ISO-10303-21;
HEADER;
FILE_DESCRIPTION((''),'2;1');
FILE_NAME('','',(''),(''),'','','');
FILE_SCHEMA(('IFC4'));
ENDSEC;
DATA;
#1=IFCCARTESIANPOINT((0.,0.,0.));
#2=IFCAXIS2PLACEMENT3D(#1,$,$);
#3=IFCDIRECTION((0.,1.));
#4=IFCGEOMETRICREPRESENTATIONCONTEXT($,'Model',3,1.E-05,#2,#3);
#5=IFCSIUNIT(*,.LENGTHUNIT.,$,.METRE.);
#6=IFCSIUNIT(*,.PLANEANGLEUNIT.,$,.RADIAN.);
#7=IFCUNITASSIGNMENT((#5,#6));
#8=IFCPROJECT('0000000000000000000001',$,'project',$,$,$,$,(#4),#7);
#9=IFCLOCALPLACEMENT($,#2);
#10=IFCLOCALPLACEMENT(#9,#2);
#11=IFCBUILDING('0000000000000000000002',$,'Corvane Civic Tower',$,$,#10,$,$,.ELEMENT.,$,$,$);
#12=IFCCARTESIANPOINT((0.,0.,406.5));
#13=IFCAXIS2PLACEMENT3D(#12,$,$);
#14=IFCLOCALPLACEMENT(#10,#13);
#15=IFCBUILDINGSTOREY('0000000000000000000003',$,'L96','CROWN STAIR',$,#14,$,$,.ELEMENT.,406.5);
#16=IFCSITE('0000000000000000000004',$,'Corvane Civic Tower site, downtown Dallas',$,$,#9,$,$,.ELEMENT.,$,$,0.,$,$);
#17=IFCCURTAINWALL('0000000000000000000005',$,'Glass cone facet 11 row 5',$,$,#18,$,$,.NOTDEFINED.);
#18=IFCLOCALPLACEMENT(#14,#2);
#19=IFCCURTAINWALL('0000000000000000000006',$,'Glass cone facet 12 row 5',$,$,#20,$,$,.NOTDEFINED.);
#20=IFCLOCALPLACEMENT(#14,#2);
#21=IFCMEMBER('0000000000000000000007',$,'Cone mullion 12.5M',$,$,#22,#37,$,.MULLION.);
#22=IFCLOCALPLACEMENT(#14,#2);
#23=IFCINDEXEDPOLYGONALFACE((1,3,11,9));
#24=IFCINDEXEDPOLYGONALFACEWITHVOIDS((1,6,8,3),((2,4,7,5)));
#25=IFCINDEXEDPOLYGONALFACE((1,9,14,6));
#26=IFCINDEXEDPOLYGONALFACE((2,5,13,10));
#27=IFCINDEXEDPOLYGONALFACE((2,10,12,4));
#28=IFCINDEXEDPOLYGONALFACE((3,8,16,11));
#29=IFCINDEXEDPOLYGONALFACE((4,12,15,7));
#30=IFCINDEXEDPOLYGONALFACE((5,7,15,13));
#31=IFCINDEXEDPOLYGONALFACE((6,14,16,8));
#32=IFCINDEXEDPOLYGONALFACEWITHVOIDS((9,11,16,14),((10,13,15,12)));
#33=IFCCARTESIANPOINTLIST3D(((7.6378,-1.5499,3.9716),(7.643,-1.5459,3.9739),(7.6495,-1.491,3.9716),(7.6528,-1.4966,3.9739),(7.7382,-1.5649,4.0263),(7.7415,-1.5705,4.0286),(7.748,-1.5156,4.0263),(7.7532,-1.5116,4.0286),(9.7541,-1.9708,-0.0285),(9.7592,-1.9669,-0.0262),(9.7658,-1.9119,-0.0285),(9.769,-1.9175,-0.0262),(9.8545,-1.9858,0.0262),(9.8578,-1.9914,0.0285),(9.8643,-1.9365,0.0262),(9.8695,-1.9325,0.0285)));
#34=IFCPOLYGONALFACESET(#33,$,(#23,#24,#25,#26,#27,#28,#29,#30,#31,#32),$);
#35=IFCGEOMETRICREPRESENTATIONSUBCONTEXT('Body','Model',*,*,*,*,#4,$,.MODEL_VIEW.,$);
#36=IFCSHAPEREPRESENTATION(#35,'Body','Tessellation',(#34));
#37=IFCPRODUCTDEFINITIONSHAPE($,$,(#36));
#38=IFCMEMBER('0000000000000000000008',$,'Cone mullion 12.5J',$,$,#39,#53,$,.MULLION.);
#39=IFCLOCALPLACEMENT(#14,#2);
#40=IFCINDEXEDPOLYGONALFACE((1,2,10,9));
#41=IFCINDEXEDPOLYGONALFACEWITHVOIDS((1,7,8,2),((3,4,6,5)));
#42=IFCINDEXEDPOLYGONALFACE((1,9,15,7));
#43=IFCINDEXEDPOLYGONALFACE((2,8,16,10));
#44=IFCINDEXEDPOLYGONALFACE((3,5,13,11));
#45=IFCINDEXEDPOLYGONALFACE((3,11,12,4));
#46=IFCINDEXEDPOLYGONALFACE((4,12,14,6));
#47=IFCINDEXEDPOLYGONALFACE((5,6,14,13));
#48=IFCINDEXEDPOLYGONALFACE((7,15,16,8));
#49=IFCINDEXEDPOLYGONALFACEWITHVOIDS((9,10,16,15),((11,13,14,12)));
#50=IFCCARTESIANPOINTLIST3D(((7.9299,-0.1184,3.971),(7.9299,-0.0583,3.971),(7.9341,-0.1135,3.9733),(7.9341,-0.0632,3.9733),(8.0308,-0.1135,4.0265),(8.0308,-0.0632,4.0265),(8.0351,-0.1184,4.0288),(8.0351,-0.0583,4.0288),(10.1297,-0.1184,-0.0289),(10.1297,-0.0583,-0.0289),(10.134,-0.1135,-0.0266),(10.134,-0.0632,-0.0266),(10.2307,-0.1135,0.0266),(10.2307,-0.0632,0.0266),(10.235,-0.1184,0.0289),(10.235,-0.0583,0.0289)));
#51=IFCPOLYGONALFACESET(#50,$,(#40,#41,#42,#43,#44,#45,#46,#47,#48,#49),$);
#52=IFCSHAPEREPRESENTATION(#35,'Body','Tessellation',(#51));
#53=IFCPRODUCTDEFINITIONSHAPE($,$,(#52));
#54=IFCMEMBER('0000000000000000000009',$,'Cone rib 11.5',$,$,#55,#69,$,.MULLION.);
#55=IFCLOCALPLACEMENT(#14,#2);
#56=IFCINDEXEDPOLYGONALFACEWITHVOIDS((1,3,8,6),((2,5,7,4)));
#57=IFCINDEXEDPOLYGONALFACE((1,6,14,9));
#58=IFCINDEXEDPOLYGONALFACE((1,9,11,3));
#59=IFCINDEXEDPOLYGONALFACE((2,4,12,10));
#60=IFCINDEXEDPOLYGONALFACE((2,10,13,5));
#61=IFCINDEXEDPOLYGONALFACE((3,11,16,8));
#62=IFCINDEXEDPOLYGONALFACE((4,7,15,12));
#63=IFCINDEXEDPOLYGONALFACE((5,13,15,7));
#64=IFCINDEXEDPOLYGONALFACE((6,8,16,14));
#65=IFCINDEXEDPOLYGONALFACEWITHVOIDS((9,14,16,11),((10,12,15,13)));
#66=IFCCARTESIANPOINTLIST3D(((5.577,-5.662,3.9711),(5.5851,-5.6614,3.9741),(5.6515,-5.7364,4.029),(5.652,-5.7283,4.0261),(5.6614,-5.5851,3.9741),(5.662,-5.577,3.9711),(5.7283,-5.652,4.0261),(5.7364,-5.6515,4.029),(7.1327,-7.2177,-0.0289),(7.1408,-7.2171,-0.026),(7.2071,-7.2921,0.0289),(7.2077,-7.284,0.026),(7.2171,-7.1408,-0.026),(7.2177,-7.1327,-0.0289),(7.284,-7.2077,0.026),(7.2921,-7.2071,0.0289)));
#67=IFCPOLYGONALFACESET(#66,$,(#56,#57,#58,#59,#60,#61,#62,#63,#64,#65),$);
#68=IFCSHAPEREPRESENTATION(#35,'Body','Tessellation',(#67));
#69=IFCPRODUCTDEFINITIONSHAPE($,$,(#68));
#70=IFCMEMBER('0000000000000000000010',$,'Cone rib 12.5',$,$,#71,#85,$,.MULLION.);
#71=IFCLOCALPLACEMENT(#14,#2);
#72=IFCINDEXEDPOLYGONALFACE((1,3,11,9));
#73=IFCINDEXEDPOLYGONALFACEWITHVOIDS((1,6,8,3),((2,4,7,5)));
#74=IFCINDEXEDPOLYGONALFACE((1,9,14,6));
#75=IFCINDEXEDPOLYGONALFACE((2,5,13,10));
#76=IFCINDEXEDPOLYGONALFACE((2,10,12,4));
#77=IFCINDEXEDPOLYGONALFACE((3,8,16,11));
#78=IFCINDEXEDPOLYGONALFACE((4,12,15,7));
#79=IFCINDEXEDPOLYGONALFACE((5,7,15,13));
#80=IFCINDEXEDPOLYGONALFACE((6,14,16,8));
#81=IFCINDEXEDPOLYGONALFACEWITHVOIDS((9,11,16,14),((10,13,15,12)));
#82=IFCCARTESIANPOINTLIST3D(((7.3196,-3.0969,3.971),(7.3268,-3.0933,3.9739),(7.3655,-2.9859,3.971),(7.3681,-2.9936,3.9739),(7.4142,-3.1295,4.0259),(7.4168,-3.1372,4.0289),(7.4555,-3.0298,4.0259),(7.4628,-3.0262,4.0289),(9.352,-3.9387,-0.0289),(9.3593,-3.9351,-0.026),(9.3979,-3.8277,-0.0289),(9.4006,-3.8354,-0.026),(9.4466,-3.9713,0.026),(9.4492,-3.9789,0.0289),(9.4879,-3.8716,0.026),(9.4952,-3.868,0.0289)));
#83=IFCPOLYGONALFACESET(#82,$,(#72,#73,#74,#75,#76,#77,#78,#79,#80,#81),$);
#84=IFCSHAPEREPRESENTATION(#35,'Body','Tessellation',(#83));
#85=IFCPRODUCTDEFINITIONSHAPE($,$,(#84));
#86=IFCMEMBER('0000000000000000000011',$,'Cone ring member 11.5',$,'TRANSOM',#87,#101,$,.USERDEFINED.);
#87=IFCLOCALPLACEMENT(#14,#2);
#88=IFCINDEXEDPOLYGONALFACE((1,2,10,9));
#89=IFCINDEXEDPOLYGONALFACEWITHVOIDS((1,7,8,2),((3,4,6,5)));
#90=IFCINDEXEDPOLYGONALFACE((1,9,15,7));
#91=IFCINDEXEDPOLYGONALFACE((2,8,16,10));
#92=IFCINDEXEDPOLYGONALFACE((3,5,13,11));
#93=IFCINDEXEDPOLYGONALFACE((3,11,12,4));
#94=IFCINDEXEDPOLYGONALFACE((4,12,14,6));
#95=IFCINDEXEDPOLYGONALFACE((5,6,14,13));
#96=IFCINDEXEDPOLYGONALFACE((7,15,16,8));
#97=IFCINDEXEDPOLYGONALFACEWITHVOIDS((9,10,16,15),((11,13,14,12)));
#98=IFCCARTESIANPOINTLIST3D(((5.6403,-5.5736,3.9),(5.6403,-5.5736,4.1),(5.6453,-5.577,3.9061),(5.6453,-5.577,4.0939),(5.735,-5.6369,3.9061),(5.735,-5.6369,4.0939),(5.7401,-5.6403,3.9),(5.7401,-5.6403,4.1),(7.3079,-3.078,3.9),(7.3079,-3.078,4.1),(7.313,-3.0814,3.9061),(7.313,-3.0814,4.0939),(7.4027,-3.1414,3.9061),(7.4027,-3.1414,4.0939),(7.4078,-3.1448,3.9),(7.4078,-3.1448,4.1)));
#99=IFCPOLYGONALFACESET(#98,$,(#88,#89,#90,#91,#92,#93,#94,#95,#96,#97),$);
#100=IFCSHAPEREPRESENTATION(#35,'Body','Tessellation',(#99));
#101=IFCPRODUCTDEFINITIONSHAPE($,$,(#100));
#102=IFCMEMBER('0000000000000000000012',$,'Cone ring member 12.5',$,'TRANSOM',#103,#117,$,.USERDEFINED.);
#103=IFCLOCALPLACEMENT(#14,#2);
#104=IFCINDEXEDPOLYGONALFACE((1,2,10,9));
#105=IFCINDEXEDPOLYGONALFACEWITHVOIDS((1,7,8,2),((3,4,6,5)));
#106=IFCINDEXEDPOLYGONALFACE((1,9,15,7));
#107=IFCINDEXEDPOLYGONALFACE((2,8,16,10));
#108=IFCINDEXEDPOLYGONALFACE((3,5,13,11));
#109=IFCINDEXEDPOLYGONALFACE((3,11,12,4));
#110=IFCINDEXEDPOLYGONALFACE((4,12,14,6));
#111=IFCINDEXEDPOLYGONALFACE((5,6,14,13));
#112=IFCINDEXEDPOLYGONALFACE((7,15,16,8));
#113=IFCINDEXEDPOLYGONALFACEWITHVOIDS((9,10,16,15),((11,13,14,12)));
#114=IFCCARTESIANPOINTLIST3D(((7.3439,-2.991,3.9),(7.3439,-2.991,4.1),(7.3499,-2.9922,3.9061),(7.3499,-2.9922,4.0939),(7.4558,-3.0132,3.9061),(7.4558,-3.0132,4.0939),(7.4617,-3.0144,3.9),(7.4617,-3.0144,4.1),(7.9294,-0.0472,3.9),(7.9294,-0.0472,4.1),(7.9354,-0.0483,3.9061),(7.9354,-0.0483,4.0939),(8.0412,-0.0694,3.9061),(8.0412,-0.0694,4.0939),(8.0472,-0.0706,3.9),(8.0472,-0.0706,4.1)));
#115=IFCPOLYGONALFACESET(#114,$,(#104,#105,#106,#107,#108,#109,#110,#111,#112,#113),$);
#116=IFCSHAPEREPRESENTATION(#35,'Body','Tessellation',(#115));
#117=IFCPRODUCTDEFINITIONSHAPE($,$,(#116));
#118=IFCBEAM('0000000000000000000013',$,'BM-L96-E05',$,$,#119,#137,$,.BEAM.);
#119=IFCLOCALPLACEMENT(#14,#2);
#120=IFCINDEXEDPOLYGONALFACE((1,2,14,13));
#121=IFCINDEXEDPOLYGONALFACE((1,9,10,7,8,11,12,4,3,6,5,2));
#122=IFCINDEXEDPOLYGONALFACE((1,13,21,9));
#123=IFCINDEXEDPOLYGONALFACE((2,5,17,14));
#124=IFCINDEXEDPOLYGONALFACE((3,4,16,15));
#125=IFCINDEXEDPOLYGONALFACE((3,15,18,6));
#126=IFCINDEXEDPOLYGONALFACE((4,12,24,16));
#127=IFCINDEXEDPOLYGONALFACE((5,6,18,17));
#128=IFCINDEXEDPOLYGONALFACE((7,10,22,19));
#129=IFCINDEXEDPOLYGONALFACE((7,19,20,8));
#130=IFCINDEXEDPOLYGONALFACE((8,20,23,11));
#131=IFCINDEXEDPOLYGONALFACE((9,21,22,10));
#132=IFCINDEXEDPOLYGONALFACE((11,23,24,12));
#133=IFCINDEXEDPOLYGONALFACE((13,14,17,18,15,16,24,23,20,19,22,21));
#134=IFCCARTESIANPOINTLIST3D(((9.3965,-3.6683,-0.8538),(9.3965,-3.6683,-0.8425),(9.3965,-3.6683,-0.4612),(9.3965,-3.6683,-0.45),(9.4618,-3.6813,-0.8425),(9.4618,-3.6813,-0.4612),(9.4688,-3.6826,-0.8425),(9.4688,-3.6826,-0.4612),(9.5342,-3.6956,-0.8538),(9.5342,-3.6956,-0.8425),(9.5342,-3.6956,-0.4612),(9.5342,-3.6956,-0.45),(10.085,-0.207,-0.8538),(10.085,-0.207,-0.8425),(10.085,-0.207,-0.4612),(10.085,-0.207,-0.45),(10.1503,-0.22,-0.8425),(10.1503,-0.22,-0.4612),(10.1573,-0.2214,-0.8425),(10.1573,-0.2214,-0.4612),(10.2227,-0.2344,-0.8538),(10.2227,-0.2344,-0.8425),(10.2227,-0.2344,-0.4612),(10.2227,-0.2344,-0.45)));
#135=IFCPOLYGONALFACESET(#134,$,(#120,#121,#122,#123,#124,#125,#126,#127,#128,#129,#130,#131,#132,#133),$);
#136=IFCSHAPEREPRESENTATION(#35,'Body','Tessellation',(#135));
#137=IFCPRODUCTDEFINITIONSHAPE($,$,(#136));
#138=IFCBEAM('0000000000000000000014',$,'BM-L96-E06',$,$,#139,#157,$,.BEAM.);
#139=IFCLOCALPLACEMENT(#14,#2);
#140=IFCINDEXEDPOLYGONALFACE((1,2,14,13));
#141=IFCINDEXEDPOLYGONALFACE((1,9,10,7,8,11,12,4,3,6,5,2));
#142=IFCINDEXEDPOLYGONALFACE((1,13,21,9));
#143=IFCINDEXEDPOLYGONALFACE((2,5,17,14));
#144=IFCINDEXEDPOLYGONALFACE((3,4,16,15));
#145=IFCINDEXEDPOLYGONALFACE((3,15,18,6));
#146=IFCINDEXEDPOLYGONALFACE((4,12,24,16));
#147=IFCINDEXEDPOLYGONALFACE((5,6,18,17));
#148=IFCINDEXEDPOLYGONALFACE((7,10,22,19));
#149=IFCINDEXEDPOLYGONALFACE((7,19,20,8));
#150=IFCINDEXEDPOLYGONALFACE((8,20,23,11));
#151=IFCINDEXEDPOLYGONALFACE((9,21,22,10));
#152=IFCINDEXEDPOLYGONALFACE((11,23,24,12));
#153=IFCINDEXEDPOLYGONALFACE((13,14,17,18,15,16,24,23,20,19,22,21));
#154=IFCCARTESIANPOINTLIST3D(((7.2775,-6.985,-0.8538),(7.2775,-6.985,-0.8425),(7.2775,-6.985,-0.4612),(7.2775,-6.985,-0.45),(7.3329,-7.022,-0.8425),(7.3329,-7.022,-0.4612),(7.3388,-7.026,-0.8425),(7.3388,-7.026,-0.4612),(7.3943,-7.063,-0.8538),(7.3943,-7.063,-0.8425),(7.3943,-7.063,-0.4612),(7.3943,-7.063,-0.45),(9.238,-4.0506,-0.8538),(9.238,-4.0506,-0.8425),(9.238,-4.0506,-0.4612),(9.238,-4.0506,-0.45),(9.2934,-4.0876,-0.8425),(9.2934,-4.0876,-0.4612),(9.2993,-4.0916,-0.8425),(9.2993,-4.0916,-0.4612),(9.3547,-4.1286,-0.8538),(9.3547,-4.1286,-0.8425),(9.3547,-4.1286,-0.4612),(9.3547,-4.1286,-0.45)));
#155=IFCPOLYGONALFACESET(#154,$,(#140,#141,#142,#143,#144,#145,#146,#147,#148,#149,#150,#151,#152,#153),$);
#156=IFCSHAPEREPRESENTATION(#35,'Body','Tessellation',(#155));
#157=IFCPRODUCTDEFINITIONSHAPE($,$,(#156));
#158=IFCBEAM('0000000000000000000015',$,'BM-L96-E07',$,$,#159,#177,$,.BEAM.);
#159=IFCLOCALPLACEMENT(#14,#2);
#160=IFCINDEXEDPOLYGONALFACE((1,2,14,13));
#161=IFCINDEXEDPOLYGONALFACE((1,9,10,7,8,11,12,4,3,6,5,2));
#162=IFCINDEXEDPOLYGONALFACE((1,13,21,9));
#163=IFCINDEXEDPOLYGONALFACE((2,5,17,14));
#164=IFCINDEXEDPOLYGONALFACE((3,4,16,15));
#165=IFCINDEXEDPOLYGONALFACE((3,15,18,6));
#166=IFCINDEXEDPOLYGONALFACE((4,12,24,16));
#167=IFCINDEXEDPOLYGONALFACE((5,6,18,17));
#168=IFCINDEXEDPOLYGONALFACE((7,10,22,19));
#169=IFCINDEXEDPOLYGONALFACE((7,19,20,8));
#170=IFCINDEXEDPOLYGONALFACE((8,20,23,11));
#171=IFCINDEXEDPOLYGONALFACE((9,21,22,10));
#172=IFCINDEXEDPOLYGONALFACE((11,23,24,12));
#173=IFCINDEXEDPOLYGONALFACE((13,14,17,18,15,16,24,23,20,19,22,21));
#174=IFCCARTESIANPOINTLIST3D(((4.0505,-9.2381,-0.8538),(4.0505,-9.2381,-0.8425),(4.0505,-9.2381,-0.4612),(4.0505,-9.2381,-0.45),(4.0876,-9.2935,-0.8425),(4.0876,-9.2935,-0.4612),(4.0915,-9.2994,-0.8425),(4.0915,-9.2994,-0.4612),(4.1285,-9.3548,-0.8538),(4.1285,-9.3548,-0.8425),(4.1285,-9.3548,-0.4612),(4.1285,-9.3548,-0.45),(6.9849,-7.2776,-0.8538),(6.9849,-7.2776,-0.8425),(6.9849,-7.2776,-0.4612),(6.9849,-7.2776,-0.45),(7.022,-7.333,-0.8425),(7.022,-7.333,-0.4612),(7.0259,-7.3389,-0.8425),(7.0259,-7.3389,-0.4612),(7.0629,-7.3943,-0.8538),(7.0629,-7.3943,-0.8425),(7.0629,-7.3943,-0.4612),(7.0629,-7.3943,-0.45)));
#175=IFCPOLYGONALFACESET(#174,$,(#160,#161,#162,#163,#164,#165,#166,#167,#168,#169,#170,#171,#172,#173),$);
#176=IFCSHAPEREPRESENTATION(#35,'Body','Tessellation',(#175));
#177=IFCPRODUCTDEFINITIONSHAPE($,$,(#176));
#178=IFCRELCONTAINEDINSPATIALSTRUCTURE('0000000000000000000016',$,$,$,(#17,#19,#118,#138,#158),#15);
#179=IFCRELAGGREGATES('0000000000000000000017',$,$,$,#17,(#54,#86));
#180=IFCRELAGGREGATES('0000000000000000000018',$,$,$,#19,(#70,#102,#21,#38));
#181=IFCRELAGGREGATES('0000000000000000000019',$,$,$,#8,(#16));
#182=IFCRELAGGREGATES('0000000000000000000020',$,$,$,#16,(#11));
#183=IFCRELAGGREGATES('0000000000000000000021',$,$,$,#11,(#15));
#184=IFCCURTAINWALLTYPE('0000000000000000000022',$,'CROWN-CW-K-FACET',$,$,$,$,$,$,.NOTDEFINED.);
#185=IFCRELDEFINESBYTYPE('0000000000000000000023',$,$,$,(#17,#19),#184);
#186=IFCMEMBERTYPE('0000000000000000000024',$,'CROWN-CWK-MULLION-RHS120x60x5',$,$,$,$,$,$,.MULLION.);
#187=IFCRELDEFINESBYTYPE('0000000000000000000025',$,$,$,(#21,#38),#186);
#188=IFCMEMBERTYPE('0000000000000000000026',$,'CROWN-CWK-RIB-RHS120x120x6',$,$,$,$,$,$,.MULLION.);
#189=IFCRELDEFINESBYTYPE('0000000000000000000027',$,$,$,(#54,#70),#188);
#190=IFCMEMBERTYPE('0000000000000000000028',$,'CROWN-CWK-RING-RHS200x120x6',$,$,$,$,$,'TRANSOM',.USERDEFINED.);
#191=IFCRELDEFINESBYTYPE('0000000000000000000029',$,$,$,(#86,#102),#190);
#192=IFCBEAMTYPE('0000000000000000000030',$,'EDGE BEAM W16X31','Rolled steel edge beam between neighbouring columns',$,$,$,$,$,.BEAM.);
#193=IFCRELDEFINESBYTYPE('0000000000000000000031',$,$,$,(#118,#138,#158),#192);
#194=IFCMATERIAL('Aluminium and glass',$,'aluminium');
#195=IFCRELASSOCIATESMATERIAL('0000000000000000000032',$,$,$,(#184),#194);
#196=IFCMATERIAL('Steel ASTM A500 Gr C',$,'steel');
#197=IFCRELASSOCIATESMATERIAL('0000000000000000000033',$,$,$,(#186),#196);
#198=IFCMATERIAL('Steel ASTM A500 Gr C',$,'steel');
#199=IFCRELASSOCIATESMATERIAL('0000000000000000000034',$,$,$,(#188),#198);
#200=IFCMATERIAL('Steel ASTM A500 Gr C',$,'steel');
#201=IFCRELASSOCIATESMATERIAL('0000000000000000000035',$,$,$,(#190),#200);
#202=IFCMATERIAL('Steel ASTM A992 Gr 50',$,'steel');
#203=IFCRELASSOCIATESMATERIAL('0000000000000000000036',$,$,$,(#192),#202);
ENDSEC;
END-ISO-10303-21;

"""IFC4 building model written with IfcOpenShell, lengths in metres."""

from ifc_helpers import new_model, si_unit, direction, frame, origin, origin_2d, place, context, subcontext, project, spatial, hollow_rectangle, i_section, extrude, material, material_profile, profile_set, type_object, element, aggregate, save


model = new_model("IFC4")

# Units and contexts
model_context = context("Model", 3, precision=1e-05, world=origin(), true_north=direction((0.0, 1.0)))
body_context = subcontext(model_context, "Body", "Model", "MODEL_VIEW")
ifc_project = project(units=[si_unit("LENGTHUNIT", "METRE"), si_unit("PLANEANGLEUNIT", "RADIAN")], contexts=[model_context])

# Site, building, storey
site_placement = place(None, origin())
site = spatial("IfcSite", under=ifc_project, at=site_placement, Name="Corvane Civic Tower site, downtown Dallas", CompositionType="ELEMENT", RefElevation=0.0)
building_placement = place(site_placement, origin())
building = spatial("IfcBuilding", under=site, at=building_placement, Name="Corvane Civic Tower", CompositionType="ELEMENT")
storey_placement = place(building_placement, frame((0.0, 0.0, 406.5)))
storey = spatial("IfcBuildingStorey", under=building, at=storey_placement, Name="L96", Description="CROWN STAIR", CompositionType="ELEMENT", Elevation=406.5)

# Curtain walls, members
ifc_material_1 = material(Name="Aluminium and glass", Category="aluminium")
curtain_wall_type = type_object("IfcCurtainWallType", Name="CROWN-CW-K-FACET", PredefinedType="NOTDEFINED", material=ifc_material_1)
ifc_material_2 = material(Name="Steel ASTM A500 Gr C", Category="steel")
ifc_material_profile_1 = material_profile(ifc_material_2, hollow_rectangle(XDim=0.0601, YDim=0.1201, WallThickness=0.0049, at=origin_2d()), Name="RHS 120x60x5")
ifc_profile_set_1 = profile_set([ifc_material_profile_1], Name="Steel ASTM A500 Gr C")
member_type_1 = type_object("IfcMemberType", Name="CROWN-CWK-MULLION-RHS120x60x5", PredefinedType="MULLION", material=ifc_profile_set_1)
curtain_wall_1_placement = place(storey_placement, origin())
curtain_wall_1 = element("IfcCurtainWall", 1, at=curtain_wall_1_placement, inside=storey, type_object=curtain_wall_type, Name="Glass cone facet 11 row 5", PredefinedType="NOTDEFINED")
curtain_wall_2_placement = place(storey_placement, origin())
curtain_wall_2 = element("IfcCurtainWall", 2, at=curtain_wall_2_placement, inside=storey, type_object=curtain_wall_type, Name="Glass cone facet 12 row 5", PredefinedType="NOTDEFINED")
member_1_placement = place(storey_placement, frame((9.8118, -1.9517, 0.0), z_axis=(-0.46563, 0.09261, 0.88012), x_axis=(-0.195072, -0.980789, 0.0)))
member_1 = element("IfcMember", 3, at=member_1_placement, type_object=member_type_1, Name="Cone mullion 12.5M", PredefinedType="MULLION", context=body_context, shape_type="SweptSolid", body=[
    extrude(hollow_rectangle(XDim=0.0601, YDim=0.1201, WallThickness=0.0049, at=origin_2d()), origin(), (0.0, 0.0, 1.0), 4.5449),
])
member_2_placement = place(storey_placement, frame((10.1824, -0.0884, 0.0), z_axis=(-0.481911, 0.0, 0.87622), x_axis=(0.0, -1.0, 0.0)))
member_2 = element("IfcMember", 4, at=member_2_placement, type_object=member_type_1, Name="Cone mullion 12.5J", PredefinedType="MULLION", context=body_context, shape_type="SweptSolid", body=[
    extrude(hollow_rectangle(XDim=0.0601, YDim=0.1201, WallThickness=0.0049, at=origin_2d()), origin(), (0.0, 0.0, 1.0), 4.5649),
])

# Members
ifc_material_3 = material(Name="Steel ASTM A500 Gr C", Category="steel")
ifc_material_profile_2 = material_profile(ifc_material_3, hollow_rectangle(XDim=0.1201, YDim=0.1201, WallThickness=0.0061, at=origin_2d()), Name="RHS 120x120x6")
ifc_profile_set_2 = profile_set([ifc_material_profile_2], Name="Steel ASTM A500 Gr C")
member_type_2 = type_object("IfcMemberType", Name="CROWN-CWK-RIB-RHS120x120x6", PredefinedType="MULLION", material=ifc_profile_set_2)
member_3_placement = place(storey_placement, frame((7.2124, -7.2124, 0.0), z_axis=(-0.340773, 0.340773, 0.876212), x_axis=(-0.707107, -0.707107, 0.0)))
member_3 = element("IfcMember", 5, at=member_3_placement, type_object=member_type_2, Name="Cone rib 11.5", PredefinedType="MULLION", context=body_context, shape_type="SweptSolid", body=[
    extrude(hollow_rectangle(XDim=0.1201, YDim=0.1201, WallThickness=0.0061, at=origin_2d()), origin(), (0.0, 0.0, 1.0), 4.5652),
])
member_4_placement = place(storey_placement, frame((9.4236, -3.9033, 0.0), z_axis=(-0.445226, 0.184401, 0.876225), x_axis=(-0.382652, -0.923892, 0.0)))
member_4 = element("IfcMember", 6, at=member_4_placement, type_object=member_type_2, Name="Cone rib 12.5", PredefinedType="MULLION", context=body_context, shape_type="SweptSolid", body=[
    extrude(hollow_rectangle(XDim=0.1201, YDim=0.1201, WallThickness=0.0061, at=origin_2d()), origin(), (0.0, 0.0, 1.0), 4.5649),
])
ifc_material_4 = material(Name="Steel ASTM A500 Gr C", Category="steel")
ifc_material_profile_3 = material_profile(ifc_material_4, hollow_rectangle(XDim=0.1201, YDim=0.2, WallThickness=0.0061, at=origin_2d()), Name="RHS 200x120x6")
ifc_profile_set_3 = profile_set([ifc_material_profile_3], Name="Steel ASTM A500 Gr C")
member_type_3 = type_object("IfcMemberType", Name="CROWN-CWK-RING-RHS200x120x6", ElementType="TRANSOM", PredefinedType="USERDEFINED", material=ifc_profile_set_3)
member_5_placement = place(storey_placement, frame((5.6902, -5.6069, 4.0), z_axis=(0.55562, 0.831437, 0.0), x_axis=(-0.831437, 0.55562, 0.0)))
member_5 = element("IfcMember", 7, at=member_5_placement, type_object=member_type_3, Name="Cone ring member 11.5", ObjectType="TRANSOM", PredefinedType="USERDEFINED", context=body_context, shape_type="SweptSolid", body=[
    extrude(hollow_rectangle(XDim=0.1201, YDim=0.2, WallThickness=0.0061, at=origin_2d()), origin(), (0.0, 0.0, 1.0), 3.0015),
])
member_6_placement = place(storey_placement, frame((7.4028, -3.0027, 4.0), z_axis=(0.195052, 0.980793, 0.0), x_axis=(-0.980793, 0.195052, 0.0)))
member_6 = element("IfcMember", 8, at=member_6_placement, type_object=member_type_3, Name="Cone ring member 12.5", ObjectType="TRANSOM", PredefinedType="USERDEFINED", context=body_context, shape_type="SweptSolid", body=[
    extrude(hollow_rectangle(XDim=0.1201, YDim=0.2, WallThickness=0.0061, at=origin_2d()), origin(), (0.0, 0.0, 1.0), 3.0015),
])

# Beams
ifc_material_5 = material(Name="Steel ASTM A992 Gr 50", Category="steel")
ifc_material_profile_4 = material_profile(ifc_material_5, i_section(OverallWidth=0.1404, OverallDepth=0.4038, WebThickness=0.0071, FlangeThickness=0.0112, at=origin_2d()), Name="W16X31")
ifc_profile_set_4 = profile_set([ifc_material_profile_4], Name="Steel ASTM A992 Gr 50")
beam_type_1 = type_object("IfcBeamType", Name="EDGE BEAM W16X31", Description="Rolled steel edge beam between neighbouring columns", PredefinedType="BEAM", material=ifc_profile_set_4)
for number, where, z_axis, x_axis, name in (
    (9, (10.1538, -0.2207, -0.6519), (-0.195092, -0.980785, 0.0), (0.980785, -0.195092, 0.0), "BM-L96-E05"),
    (10, (9.2964, -4.0896, -0.6519), (-0.55553, -0.831496, 0.0), (0.831496, -0.55553, 0.0), "BM-L96-E06"),
    (11, (7.0239, -7.3359, -0.6519), (-0.831496, -0.55553, 0.0), (0.55553, -0.831496, 0.0), "BM-L96-E07"),
):
    element("IfcBeam", number, at=place(storey_placement, frame(where, z_axis=z_axis, x_axis=x_axis)), inside=storey, type_object=beam_type_1, Name=name, PredefinedType="BEAM", context=body_context, shape_type="SweptSolid", body=[
        extrude(i_section(OverallWidth=0.1404, OverallDepth=0.4038, WebThickness=0.0071, FlangeThickness=0.0112, at=origin_2d()), origin(), (0.0, 0.0, 1.0), 3.5291),
    ])

aggregate(curtain_wall_1, [member_3, member_5])
aggregate(curtain_wall_2, [member_4, member_6, member_1, member_2])

save(model, "model.ifc")
